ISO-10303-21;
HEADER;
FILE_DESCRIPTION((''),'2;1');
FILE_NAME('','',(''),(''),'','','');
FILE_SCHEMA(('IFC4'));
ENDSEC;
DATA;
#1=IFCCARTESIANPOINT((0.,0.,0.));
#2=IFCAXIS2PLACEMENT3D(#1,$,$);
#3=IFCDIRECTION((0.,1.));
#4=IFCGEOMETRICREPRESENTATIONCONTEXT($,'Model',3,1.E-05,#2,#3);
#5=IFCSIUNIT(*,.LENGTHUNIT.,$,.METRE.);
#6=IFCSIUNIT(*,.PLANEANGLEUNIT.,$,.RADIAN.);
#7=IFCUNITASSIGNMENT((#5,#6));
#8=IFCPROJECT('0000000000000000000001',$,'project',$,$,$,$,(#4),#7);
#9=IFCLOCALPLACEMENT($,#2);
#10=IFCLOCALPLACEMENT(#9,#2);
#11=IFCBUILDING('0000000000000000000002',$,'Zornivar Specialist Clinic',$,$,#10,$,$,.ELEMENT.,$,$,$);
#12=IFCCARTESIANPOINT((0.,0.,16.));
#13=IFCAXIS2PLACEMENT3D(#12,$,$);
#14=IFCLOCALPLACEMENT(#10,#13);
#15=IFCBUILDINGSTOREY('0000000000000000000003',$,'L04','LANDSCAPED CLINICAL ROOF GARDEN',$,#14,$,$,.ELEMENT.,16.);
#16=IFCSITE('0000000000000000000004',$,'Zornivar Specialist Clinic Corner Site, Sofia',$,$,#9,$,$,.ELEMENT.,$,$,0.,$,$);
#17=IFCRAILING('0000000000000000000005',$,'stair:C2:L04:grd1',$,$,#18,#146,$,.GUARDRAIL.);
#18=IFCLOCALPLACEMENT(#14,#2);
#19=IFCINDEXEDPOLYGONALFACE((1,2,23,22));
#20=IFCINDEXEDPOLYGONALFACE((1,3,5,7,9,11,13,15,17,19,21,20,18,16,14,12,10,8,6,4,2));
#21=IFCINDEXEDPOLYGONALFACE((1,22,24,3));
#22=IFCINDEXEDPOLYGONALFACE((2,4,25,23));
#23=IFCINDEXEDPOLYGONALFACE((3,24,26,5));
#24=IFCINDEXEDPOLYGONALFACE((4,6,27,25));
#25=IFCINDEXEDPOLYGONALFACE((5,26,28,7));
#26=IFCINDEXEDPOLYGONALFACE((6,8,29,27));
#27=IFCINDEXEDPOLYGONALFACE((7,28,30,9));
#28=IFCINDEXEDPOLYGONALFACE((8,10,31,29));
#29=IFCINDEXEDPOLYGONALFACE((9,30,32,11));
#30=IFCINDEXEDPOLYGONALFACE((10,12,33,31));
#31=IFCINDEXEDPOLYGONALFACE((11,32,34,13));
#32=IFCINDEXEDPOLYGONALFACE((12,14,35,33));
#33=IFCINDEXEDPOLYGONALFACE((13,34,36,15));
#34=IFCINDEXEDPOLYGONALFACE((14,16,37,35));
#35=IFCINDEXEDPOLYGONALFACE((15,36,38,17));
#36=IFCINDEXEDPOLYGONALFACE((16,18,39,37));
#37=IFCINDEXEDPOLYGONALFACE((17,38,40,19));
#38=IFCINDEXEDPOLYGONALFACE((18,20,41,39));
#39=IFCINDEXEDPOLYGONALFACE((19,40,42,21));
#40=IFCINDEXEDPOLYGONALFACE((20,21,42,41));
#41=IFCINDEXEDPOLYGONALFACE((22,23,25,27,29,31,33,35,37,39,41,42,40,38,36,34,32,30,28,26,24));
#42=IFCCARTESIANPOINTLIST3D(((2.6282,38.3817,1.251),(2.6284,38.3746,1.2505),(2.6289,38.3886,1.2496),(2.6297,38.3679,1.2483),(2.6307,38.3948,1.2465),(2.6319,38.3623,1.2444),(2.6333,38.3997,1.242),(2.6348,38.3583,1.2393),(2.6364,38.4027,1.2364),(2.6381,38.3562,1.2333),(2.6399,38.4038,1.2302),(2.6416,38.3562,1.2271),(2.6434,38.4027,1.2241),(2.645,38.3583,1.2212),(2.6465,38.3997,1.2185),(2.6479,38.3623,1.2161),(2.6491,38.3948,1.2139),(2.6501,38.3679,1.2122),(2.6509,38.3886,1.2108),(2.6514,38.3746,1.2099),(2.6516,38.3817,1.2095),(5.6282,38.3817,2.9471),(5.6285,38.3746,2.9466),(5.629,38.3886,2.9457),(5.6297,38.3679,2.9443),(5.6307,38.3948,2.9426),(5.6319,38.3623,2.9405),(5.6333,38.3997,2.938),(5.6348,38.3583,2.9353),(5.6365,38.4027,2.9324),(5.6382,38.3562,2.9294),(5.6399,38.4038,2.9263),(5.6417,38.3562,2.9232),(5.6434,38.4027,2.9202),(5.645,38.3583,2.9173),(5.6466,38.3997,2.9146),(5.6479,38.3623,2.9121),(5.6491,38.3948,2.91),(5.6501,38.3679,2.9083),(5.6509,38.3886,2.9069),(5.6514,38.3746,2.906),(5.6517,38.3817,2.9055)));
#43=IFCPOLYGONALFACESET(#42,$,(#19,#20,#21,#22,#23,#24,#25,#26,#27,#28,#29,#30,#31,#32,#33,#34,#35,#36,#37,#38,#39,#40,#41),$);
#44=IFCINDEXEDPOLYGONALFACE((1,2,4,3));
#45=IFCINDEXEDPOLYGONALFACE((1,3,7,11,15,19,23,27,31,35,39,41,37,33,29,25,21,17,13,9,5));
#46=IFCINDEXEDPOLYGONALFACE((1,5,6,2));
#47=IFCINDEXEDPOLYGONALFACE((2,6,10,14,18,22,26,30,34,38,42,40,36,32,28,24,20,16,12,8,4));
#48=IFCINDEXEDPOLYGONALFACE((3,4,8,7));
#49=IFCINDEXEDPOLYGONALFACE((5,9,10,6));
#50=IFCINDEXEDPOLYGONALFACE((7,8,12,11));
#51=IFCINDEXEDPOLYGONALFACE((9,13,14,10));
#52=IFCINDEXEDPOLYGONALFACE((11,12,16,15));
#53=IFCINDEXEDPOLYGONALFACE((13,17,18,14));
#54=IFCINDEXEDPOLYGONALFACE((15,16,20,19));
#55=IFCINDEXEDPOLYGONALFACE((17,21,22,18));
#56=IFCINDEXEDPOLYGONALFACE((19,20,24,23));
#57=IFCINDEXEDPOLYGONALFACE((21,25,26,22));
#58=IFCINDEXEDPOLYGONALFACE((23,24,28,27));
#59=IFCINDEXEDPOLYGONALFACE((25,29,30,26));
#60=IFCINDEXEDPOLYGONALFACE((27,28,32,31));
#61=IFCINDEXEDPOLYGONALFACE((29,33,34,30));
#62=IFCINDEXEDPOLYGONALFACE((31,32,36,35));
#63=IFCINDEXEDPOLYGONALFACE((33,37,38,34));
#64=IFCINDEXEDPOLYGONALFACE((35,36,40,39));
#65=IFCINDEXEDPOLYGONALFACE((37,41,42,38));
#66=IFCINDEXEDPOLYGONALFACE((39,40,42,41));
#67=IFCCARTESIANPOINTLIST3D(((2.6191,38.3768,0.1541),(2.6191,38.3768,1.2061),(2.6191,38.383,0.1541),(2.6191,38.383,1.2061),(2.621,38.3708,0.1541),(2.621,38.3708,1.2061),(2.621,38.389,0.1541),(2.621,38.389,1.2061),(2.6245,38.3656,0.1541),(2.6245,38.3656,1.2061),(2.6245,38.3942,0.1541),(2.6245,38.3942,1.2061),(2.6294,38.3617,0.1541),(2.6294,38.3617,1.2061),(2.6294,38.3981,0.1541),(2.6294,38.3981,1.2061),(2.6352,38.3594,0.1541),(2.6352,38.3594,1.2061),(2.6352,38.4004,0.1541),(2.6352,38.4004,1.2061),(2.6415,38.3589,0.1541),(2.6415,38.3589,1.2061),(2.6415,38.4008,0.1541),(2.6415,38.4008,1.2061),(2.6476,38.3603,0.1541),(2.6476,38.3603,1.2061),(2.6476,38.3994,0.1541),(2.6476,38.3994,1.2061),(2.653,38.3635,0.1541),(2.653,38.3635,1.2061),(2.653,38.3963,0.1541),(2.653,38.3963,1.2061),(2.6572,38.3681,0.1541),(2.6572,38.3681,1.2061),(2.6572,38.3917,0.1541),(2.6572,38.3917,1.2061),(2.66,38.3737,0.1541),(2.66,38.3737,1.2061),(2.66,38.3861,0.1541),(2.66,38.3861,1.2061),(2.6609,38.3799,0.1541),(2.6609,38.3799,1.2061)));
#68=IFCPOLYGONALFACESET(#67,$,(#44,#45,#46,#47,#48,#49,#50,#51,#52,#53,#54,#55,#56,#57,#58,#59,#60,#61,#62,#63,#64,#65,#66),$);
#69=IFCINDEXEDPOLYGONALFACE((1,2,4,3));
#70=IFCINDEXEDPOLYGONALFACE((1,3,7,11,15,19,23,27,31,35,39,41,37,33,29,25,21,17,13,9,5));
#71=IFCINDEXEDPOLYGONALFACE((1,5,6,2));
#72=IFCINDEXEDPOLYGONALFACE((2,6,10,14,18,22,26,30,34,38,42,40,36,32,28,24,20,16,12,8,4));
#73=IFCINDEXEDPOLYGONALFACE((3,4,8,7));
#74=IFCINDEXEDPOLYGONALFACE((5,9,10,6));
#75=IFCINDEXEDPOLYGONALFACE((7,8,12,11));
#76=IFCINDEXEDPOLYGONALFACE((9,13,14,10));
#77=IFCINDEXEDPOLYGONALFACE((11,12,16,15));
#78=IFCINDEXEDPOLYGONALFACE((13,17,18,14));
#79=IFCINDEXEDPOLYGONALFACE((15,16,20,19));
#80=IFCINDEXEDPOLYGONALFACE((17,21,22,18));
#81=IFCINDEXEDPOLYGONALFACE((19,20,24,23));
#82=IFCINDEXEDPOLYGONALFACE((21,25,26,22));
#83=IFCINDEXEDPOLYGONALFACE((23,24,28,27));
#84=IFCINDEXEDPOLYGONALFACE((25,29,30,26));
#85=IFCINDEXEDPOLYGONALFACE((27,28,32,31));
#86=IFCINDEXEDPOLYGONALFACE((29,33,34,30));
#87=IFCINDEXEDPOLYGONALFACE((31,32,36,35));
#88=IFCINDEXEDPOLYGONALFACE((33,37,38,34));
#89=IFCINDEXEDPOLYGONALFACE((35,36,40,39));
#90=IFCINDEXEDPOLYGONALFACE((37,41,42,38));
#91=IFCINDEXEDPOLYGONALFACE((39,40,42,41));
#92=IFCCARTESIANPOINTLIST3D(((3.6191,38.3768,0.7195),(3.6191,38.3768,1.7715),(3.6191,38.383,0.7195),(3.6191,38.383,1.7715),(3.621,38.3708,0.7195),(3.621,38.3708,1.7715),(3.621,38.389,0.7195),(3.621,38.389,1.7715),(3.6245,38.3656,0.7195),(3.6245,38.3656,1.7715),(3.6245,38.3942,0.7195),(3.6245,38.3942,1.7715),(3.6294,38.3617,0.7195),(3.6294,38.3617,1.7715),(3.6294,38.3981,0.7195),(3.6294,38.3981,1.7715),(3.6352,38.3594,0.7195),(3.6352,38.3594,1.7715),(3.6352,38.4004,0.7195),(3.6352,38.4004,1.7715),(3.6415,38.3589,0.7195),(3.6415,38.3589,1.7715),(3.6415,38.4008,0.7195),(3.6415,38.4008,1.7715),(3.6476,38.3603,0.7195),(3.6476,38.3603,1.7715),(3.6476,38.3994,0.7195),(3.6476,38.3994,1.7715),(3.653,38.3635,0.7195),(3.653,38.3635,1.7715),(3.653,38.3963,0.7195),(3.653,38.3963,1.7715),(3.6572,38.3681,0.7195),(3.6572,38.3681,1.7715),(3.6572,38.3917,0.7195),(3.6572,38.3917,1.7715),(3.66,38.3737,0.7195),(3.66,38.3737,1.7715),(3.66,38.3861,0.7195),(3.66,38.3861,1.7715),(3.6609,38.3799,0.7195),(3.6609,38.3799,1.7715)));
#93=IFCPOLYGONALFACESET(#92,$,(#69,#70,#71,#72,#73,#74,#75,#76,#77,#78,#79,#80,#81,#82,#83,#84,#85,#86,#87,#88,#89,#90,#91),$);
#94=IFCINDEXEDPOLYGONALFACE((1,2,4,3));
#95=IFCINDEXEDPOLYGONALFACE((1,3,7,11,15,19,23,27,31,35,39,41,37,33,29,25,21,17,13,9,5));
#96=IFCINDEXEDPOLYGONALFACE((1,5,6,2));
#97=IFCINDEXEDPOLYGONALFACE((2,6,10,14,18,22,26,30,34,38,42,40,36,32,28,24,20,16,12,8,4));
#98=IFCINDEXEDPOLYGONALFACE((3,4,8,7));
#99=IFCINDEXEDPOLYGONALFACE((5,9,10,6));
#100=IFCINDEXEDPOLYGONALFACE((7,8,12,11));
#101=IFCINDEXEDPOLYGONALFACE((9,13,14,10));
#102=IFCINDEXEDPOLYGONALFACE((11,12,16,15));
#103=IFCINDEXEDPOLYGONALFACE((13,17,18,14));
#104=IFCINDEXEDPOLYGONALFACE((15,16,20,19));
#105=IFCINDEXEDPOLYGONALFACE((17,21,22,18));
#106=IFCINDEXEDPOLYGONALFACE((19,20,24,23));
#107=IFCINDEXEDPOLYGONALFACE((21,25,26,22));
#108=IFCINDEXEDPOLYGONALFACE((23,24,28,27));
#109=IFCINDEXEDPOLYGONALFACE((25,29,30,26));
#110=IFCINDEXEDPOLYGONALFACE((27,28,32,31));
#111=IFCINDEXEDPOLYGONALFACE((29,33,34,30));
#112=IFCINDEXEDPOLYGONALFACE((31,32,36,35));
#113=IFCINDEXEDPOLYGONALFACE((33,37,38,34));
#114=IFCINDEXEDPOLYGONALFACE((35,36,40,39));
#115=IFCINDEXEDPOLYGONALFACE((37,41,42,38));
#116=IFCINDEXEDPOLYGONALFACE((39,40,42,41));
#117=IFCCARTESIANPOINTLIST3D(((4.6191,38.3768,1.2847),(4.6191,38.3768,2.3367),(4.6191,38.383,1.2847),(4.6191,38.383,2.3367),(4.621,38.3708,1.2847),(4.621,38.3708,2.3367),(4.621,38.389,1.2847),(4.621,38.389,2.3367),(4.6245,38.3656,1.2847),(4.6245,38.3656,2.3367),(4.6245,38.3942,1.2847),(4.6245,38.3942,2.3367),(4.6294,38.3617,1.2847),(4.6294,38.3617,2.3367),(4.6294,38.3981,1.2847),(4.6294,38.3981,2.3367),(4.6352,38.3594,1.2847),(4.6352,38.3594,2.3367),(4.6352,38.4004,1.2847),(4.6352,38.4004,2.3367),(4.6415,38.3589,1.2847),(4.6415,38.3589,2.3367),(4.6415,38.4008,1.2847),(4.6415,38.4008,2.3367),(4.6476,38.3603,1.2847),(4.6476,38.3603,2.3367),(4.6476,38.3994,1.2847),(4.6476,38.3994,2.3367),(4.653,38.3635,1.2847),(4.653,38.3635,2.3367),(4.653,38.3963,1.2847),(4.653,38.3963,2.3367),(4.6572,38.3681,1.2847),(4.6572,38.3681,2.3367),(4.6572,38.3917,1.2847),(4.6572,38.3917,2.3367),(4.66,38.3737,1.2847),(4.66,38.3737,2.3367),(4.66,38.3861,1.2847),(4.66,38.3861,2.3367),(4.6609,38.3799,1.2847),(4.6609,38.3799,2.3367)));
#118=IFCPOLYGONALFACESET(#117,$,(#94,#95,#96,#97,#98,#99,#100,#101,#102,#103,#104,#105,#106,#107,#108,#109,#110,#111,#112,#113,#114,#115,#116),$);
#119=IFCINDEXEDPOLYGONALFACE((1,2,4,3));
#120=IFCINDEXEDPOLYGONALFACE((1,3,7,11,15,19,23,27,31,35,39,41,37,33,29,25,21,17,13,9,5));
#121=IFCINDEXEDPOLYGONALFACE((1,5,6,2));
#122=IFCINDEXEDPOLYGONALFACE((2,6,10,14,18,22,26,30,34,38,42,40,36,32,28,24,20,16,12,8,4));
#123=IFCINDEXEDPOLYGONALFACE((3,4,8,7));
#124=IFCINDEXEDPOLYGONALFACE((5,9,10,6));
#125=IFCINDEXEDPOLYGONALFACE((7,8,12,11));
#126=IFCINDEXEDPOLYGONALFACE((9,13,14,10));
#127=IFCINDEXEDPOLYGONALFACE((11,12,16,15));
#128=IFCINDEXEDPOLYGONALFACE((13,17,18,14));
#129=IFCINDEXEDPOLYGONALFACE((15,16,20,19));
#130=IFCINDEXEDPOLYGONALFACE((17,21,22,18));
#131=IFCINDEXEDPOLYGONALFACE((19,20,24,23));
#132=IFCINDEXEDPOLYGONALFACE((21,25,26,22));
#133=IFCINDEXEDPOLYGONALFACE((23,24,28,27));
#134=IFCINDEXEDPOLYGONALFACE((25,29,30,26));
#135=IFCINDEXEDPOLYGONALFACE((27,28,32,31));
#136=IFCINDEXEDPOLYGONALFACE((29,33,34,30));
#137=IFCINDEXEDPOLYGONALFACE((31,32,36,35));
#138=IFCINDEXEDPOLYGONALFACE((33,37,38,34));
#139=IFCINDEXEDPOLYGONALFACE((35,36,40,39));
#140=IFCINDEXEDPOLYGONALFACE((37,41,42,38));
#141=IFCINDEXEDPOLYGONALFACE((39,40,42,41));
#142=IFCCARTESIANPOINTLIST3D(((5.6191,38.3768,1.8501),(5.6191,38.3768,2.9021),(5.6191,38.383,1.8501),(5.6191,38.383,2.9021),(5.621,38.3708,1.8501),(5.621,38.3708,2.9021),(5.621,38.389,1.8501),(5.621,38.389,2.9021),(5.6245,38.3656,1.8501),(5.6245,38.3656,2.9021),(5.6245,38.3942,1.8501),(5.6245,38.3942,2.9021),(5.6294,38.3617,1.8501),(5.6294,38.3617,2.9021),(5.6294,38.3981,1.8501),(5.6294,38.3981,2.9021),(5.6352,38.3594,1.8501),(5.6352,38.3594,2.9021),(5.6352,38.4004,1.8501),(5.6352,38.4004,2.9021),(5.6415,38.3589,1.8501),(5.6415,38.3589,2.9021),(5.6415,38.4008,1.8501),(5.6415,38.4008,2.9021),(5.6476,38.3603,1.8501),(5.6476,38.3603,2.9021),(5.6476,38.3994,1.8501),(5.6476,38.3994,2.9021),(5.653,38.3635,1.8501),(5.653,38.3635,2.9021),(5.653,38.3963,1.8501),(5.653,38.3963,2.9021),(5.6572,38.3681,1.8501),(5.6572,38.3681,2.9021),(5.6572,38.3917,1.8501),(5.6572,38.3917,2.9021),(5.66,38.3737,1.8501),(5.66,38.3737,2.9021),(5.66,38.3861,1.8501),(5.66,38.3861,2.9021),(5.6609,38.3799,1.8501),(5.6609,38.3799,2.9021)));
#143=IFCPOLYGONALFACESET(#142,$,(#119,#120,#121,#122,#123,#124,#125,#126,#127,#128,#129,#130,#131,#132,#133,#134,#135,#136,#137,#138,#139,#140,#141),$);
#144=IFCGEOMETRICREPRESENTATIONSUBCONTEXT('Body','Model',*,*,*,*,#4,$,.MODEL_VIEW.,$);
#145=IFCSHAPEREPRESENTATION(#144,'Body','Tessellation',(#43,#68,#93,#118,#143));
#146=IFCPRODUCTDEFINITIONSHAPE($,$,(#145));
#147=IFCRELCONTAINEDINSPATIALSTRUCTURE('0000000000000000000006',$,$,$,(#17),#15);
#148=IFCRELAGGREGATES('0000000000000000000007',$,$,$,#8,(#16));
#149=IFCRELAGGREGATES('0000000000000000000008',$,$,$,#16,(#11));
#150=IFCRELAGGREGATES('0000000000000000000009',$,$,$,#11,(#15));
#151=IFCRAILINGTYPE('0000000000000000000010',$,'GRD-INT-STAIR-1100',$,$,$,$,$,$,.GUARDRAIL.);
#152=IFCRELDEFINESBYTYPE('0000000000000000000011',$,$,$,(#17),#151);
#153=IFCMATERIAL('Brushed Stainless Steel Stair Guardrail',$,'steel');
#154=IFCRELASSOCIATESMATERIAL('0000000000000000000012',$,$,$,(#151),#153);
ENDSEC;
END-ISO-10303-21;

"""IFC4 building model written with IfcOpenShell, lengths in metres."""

from ifc_helpers import new_model, si_unit, direction, frame, origin, origin_2d, place, context, subcontext, project, spatial, circle, extrude, material, type_object, element, save


model = new_model("IFC4")

# Units and contexts
model_context = context("Model", 3, precision=1e-05, world=origin(), true_north=direction((0.0, 1.0)))
body_context = subcontext(model_context, "Body", "Model", "MODEL_VIEW")
ifc_project = project(units=[si_unit("LENGTHUNIT", "METRE"), si_unit("PLANEANGLEUNIT", "RADIAN")], contexts=[model_context])

# Site, building, storey
site_placement = place(None, origin())
site = spatial("IfcSite", under=ifc_project, at=site_placement, Name="Zornivar Specialist Clinic Corner Site, Sofia", CompositionType="ELEMENT", RefElevation=0.0)
building_placement = place(site_placement, origin())
building = spatial("IfcBuilding", under=site, at=building_placement, Name="Zornivar Specialist Clinic", CompositionType="ELEMENT")
storey_placement = place(building_placement, frame((0.0, 0.0, 16.0)))
storey = spatial("IfcBuildingStorey", under=building, at=storey_placement, Name="L04", Description="LANDSCAPED CLINICAL ROOF GARDEN", CompositionType="ELEMENT", Elevation=16.0)

# Railing
ifc_material_1 = material(Name="Brushed Stainless Steel Stair Guardrail", Category="steel")
railing_type_1 = type_object("IfcRailingType", Name="GRD-INT-STAIR-1100", PredefinedType="GUARDRAIL", material=ifc_material_1)
railing_1_placement = place(storey_placement, frame((2.6399, 38.3799, 0.1541)))
element("IfcRailing", 1, at=railing_1_placement, inside=storey, type_object=railing_type_1, Name="stair:C2:L04:grd1", PredefinedType="GUARDRAIL", context=body_context, shape_type="SweptSolid", body=[
    extrude(circle(Radius=0.0239, at=origin_2d()), frame((0.0, 0.0, 1.0762), z_axis=(0.870514, 0.0, 0.492144), x_axis=(0.0, 1.0, 0.0)), (0.0, 0.0, 1.0), 3.4463),
    extrude(circle(Radius=0.021, at=origin_2d()), origin(), (0.0, 0.0, 1.0), 1.052),
    extrude(circle(Radius=0.021, at=origin_2d()), frame((1.0, 0.0, 0.5654)), (0.0, 0.0, 1.0), 1.052),
    extrude(circle(Radius=0.021, at=origin_2d()), frame((2.0, 0.0, 1.1306)), (0.0, 0.0, 1.0), 1.052),
    extrude(circle(Radius=0.021, at=origin_2d()), frame((3.0, 0.0, 1.696)), (0.0, 0.0, 1.0), 1.052),
])

save(model, "model.ifc")
